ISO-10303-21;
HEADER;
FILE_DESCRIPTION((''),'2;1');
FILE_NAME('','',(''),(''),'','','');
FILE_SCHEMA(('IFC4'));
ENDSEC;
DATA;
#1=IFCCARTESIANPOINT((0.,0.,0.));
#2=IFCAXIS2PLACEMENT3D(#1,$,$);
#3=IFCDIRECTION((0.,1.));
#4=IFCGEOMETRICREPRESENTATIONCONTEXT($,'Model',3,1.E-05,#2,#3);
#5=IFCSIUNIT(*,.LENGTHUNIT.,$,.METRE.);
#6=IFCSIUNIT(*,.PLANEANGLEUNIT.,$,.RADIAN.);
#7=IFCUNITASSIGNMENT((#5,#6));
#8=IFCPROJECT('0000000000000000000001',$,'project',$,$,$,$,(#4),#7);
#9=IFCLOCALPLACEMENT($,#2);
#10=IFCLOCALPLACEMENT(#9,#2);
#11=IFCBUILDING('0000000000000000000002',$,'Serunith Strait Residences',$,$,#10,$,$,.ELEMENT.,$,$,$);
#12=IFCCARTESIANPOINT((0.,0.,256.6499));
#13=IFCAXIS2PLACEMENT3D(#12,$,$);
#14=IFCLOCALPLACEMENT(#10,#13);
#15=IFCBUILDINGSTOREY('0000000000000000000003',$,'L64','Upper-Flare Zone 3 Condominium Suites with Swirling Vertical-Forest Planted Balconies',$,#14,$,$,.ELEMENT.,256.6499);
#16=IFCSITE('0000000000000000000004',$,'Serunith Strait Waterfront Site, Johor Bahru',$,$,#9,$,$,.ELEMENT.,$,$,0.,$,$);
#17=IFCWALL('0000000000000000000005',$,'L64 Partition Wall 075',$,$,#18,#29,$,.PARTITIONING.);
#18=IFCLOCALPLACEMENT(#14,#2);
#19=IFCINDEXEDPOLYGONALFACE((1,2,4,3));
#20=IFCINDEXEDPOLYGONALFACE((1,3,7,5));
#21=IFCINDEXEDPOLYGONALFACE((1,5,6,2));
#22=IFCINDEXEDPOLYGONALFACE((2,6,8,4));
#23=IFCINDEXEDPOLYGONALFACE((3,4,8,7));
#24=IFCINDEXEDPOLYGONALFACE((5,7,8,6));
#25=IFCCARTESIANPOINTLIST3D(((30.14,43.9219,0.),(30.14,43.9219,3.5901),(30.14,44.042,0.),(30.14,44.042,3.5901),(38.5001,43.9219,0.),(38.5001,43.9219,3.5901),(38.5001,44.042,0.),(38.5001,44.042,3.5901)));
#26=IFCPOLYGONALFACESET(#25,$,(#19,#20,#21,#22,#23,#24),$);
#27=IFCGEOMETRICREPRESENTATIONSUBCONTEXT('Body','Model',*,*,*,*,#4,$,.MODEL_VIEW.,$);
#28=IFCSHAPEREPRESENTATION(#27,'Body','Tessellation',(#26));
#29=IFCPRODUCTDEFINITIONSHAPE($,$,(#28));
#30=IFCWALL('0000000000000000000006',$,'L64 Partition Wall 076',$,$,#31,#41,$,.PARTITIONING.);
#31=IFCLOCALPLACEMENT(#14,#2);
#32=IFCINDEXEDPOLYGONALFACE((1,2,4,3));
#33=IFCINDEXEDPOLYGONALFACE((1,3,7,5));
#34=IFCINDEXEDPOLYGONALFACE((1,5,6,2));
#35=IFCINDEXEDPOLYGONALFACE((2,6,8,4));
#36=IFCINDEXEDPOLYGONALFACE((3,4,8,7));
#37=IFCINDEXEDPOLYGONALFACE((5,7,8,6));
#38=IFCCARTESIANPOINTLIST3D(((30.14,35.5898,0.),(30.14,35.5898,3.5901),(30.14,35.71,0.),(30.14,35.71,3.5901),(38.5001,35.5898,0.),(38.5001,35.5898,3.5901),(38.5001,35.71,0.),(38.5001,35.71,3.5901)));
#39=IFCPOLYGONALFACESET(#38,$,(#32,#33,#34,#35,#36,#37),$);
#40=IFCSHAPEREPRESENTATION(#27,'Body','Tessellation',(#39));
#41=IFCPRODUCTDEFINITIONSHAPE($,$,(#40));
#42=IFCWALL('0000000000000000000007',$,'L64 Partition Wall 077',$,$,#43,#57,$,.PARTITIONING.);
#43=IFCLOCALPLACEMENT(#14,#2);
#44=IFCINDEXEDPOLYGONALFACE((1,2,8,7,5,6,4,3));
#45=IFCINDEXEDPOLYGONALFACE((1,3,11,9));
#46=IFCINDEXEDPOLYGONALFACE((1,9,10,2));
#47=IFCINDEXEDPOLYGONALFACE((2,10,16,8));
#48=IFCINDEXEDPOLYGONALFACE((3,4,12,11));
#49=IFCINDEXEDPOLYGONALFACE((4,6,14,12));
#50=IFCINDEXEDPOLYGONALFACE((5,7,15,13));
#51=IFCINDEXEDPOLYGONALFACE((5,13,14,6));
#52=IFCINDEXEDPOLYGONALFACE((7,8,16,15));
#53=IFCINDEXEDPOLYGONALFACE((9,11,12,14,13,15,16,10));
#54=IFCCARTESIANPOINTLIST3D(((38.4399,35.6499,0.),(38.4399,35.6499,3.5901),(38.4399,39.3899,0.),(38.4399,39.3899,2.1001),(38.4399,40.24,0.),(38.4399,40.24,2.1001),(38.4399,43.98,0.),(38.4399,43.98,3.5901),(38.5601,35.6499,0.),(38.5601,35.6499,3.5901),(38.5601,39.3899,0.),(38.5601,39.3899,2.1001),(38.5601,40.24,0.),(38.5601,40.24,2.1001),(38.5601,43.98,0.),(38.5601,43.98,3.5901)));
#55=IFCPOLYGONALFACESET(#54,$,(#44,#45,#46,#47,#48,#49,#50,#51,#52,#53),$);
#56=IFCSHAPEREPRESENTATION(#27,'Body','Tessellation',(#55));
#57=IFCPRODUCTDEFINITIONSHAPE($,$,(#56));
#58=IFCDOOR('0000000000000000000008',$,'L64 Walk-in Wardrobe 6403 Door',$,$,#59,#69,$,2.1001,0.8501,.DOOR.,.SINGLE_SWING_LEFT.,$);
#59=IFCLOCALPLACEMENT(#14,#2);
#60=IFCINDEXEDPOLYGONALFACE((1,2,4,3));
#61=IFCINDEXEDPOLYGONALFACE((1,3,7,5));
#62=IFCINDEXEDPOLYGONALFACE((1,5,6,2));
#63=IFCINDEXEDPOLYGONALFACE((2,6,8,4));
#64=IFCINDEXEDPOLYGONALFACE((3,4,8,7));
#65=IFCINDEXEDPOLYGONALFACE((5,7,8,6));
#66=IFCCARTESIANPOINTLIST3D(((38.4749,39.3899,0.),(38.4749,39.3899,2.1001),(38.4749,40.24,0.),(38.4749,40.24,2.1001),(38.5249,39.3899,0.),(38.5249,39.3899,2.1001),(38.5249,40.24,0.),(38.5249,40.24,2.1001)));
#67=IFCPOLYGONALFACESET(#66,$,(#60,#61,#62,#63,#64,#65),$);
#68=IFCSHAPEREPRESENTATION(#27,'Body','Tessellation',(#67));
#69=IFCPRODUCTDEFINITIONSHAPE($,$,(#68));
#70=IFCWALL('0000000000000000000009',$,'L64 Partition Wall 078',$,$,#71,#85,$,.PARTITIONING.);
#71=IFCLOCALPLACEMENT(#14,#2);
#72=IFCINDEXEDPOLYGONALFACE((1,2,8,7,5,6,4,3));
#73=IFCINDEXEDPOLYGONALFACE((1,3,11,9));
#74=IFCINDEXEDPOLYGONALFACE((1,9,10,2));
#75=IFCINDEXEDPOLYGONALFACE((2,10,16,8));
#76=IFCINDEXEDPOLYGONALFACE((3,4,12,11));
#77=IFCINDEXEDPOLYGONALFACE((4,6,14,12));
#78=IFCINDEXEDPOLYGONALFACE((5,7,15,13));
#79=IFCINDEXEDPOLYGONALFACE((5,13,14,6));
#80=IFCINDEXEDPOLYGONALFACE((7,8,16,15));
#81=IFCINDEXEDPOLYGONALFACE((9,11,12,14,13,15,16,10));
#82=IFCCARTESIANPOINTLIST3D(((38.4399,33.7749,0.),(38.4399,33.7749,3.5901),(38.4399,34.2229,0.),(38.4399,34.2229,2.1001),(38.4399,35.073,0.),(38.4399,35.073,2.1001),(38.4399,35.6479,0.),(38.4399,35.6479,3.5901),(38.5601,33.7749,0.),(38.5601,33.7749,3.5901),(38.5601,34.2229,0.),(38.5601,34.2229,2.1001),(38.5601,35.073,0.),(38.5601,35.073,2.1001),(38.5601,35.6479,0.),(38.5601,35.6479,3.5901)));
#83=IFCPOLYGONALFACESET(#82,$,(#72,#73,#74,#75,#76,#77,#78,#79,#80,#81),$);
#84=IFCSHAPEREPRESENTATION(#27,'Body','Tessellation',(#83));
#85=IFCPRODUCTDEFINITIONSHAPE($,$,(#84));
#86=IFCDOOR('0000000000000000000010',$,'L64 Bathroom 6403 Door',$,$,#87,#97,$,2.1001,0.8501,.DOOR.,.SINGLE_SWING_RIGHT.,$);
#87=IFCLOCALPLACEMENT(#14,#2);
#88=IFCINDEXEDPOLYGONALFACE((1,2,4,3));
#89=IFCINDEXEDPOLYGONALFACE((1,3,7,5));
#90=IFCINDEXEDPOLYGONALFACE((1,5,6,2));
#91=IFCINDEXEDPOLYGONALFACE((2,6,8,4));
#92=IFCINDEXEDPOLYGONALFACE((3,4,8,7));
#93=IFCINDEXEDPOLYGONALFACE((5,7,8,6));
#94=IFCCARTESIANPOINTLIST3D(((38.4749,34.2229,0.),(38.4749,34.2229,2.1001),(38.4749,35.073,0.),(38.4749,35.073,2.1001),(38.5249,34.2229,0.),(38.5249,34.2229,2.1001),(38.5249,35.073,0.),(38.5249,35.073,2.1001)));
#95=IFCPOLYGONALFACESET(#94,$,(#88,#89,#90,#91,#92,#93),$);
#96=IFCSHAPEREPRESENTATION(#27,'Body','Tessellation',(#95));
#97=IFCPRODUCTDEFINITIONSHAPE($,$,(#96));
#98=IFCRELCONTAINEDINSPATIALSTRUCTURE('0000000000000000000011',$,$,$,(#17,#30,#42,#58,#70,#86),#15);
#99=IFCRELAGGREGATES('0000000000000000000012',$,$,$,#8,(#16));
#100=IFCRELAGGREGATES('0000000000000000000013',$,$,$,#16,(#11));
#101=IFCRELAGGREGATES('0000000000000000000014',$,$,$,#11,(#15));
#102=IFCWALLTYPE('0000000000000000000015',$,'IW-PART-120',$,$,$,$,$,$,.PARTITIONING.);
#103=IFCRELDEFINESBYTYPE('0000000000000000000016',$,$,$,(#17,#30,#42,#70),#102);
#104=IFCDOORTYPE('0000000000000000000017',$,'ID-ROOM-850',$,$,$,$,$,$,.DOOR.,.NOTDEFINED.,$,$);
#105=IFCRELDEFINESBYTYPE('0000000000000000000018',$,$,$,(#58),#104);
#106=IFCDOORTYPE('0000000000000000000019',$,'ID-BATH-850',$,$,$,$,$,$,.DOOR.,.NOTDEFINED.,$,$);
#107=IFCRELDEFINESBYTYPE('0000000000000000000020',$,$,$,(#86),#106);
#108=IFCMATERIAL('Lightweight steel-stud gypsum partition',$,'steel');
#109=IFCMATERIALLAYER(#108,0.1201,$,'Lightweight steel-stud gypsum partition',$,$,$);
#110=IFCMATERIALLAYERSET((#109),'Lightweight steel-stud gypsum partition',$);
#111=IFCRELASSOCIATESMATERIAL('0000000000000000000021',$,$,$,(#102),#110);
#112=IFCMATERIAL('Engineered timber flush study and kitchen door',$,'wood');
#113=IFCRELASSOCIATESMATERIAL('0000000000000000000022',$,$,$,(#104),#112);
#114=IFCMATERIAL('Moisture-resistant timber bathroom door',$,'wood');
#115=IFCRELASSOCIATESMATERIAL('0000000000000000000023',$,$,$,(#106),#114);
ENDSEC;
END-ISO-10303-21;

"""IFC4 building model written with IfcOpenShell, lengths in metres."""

from ifc_helpers import new_model, si_unit, direction, frame, frame_2d, origin, place, context, subcontext, project, spatial, rectangle, extrude, source, transform, mapped, material, layer, layer_set, type_object, element, fill, save


model = new_model("IFC4")

# Units and contexts
model_context = context("Model", 3, precision=1e-05, world=origin(), true_north=direction((0.0, 1.0)))
body_context = subcontext(model_context, "Body", "Model", "MODEL_VIEW")
ifc_project = project(units=[si_unit("LENGTHUNIT", "METRE"), si_unit("PLANEANGLEUNIT", "RADIAN")], contexts=[model_context])

# Site, building, storey
site_placement = place(None, origin())
site = spatial("IfcSite", under=ifc_project, at=site_placement, Name="Serunith Strait Waterfront Site, Johor Bahru", CompositionType="ELEMENT", RefElevation=0.0)
building_placement = place(site_placement, origin())
building = spatial("IfcBuilding", under=site, at=building_placement, Name="Serunith Strait Residences", CompositionType="ELEMENT")
storey_placement = place(building_placement, frame((0.0, 0.0, 256.6499)))
storey = spatial("IfcBuildingStorey", under=building, at=storey_placement, Name="L64", Description="Upper-Flare Zone 3 Condominium Suites with Swirling Vertical-Forest Planted Balconies", CompositionType="ELEMENT", Elevation=256.6499)

# Shared definitions
ifc_material_1 = material(Name="Lightweight steel-stud gypsum partition", Category="steel")
ifc_layer_1 = layer(ifc_material_1, 0.1201, Name="Lightweight steel-stud gypsum partition")
ifc_layer_set_1 = layer_set([ifc_layer_1], Name="Lightweight steel-stud gypsum partition")
wall_type = type_object("IfcWallType", Name="IW-PART-120", PredefinedType="PARTITIONING", material=ifc_layer_set_1)
ifc_material_2 = material(Name="Engineered timber flush study and kitchen door", Category="wood")
door_type_1 = type_object("IfcDoorType", Name="ID-ROOM-850", OperationType="NOTDEFINED", PredefinedType="DOOR", material=ifc_material_2)
shared_shape_1 = source(origin(), body_context, "Body", "SweptSolid", [
    extrude(rectangle(XDim=0.8501, YDim=2.1001, at=frame_2d((0.425, 1.05))), frame((0.0, 0.0249, 0.0), z_axis=(0.0, -1.0, 0.0), x_axis=(1.0, 0.0, 0.0)), (0.0, 0.0, 1.0), 0.05),
])

# Walls
for number, where, z_axis, x_axis, name in (
    (1, (30.1399, 43.9819, 0.0), (0.0, 0.0, 1.0), (1.0, 0.0, 0.0), "L64 Partition Wall 075"),
    (2, (30.1399, 35.6499, 0.0), (0.0, 0.0, 1.0), (1.0, 0.0, 0.0), "L64 Partition Wall 076"),
):
    element("IfcWall", number, at=place(storey_placement, frame(where, z_axis=z_axis, x_axis=x_axis)), inside=storey, type_object=wall_type, Name=name, PredefinedType="PARTITIONING", context=body_context, shape_type="SweptSolid", body=[
        extrude(rectangle(XDim=8.3601, YDim=0.1201, at=frame_2d((4.1802, 0.0))), origin(), (0.0, 0.0, 1.0), 3.5901),
    ])

# Walls, openings, doors
wall_1_placement = place(storey_placement, frame((38.5, 43.98, 0.0), z_axis=(0.0, 0.0, 1.0), x_axis=(0.0, -1.0, 0.0)))
wall_1 = element("IfcWall", 3, at=wall_1_placement, inside=storey, type_object=wall_type, Name="L64 Partition Wall 077", PredefinedType="PARTITIONING", context=body_context, shape_type="SweptSolid", body=[
    extrude(rectangle(XDim=8.3301, YDim=0.1201, at=frame_2d((4.165, 0.0))), origin(), (0.0, 0.0, 1.0), 3.5901),
])
opening_1_placement = place(wall_1_placement, frame((3.74, 0.0, 0.0)))
opening_1 = element("IfcOpeningElement", 4, at=opening_1_placement, cuts=wall_1, PredefinedType="OPENING", context=body_context, shape_type="SweptSolid", body=[
    extrude(rectangle(XDim=0.8501, YDim=2.1001, at=frame_2d((0.425, 1.05))), frame((0.0, 0.0701, 0.0), z_axis=(0.0, -1.0, 0.0), x_axis=(1.0, 0.0, 0.0)), (0.0, 0.0, 1.0), 0.1401),
])
door_1_placement = place(opening_1_placement, origin())
door_1 = element("IfcDoor", 5, at=door_1_placement, inside=storey, type_object=door_type_1, Name="L64 Walk-in Wardrobe 6403 Door", OperationType="SINGLE_SWING_LEFT", OverallHeight=2.1001, OverallWidth=0.8501, PredefinedType="DOOR", context=body_context, shape_type="MappedRepresentation", body=[
    mapped(shared_shape_1, transform((0.0, 0.0, 0.0), scale=1.0)),
])
fill(opening_1, door_1)
wall_2_placement = place(storey_placement, frame((38.5, 35.6479, 0.0), z_axis=(0.0, 0.0, 1.0), x_axis=(0.0, -1.0, 0.0)))
wall_2 = element("IfcWall", 6, at=wall_2_placement, inside=storey, type_object=wall_type, Name="L64 Partition Wall 078", PredefinedType="PARTITIONING", context=body_context, shape_type="SweptSolid", body=[
    extrude(rectangle(XDim=1.873, YDim=0.1201, at=frame_2d((0.9365, 0.0))), origin(), (0.0, 0.0, 1.0), 3.5901),
])
opening_2_placement = place(wall_2_placement, frame((0.575, 0.0, 0.0)))
opening_2 = element("IfcOpeningElement", 7, at=opening_2_placement, cuts=wall_2, PredefinedType="OPENING", context=body_context, shape_type="SweptSolid", body=[
    extrude(rectangle(XDim=0.8501, YDim=2.1001, at=frame_2d((0.425, 1.05))), frame((0.0, 0.0701, 0.0), z_axis=(0.0, -1.0, 0.0), x_axis=(1.0, 0.0, 0.0)), (0.0, 0.0, 1.0), 0.1401),
])
ifc_material_3 = material(Name="Moisture-resistant timber bathroom door", Category="wood")
door_type_2 = type_object("IfcDoorType", Name="ID-BATH-850", OperationType="NOTDEFINED", PredefinedType="DOOR", material=ifc_material_3)
door_2_placement = place(opening_2_placement, origin())
door_2 = element("IfcDoor", 8, at=door_2_placement, inside=storey, type_object=door_type_2, Name="L64 Bathroom 6403 Door", OperationType="SINGLE_SWING_RIGHT", OverallHeight=2.1001, OverallWidth=0.8501, PredefinedType="DOOR", context=body_context, shape_type="MappedRepresentation", body=[
    mapped(shared_shape_1, transform((0.0, 0.0, 0.0), scale=1.0)),
])
fill(opening_2, door_2)

save(model, "model.ifc")
